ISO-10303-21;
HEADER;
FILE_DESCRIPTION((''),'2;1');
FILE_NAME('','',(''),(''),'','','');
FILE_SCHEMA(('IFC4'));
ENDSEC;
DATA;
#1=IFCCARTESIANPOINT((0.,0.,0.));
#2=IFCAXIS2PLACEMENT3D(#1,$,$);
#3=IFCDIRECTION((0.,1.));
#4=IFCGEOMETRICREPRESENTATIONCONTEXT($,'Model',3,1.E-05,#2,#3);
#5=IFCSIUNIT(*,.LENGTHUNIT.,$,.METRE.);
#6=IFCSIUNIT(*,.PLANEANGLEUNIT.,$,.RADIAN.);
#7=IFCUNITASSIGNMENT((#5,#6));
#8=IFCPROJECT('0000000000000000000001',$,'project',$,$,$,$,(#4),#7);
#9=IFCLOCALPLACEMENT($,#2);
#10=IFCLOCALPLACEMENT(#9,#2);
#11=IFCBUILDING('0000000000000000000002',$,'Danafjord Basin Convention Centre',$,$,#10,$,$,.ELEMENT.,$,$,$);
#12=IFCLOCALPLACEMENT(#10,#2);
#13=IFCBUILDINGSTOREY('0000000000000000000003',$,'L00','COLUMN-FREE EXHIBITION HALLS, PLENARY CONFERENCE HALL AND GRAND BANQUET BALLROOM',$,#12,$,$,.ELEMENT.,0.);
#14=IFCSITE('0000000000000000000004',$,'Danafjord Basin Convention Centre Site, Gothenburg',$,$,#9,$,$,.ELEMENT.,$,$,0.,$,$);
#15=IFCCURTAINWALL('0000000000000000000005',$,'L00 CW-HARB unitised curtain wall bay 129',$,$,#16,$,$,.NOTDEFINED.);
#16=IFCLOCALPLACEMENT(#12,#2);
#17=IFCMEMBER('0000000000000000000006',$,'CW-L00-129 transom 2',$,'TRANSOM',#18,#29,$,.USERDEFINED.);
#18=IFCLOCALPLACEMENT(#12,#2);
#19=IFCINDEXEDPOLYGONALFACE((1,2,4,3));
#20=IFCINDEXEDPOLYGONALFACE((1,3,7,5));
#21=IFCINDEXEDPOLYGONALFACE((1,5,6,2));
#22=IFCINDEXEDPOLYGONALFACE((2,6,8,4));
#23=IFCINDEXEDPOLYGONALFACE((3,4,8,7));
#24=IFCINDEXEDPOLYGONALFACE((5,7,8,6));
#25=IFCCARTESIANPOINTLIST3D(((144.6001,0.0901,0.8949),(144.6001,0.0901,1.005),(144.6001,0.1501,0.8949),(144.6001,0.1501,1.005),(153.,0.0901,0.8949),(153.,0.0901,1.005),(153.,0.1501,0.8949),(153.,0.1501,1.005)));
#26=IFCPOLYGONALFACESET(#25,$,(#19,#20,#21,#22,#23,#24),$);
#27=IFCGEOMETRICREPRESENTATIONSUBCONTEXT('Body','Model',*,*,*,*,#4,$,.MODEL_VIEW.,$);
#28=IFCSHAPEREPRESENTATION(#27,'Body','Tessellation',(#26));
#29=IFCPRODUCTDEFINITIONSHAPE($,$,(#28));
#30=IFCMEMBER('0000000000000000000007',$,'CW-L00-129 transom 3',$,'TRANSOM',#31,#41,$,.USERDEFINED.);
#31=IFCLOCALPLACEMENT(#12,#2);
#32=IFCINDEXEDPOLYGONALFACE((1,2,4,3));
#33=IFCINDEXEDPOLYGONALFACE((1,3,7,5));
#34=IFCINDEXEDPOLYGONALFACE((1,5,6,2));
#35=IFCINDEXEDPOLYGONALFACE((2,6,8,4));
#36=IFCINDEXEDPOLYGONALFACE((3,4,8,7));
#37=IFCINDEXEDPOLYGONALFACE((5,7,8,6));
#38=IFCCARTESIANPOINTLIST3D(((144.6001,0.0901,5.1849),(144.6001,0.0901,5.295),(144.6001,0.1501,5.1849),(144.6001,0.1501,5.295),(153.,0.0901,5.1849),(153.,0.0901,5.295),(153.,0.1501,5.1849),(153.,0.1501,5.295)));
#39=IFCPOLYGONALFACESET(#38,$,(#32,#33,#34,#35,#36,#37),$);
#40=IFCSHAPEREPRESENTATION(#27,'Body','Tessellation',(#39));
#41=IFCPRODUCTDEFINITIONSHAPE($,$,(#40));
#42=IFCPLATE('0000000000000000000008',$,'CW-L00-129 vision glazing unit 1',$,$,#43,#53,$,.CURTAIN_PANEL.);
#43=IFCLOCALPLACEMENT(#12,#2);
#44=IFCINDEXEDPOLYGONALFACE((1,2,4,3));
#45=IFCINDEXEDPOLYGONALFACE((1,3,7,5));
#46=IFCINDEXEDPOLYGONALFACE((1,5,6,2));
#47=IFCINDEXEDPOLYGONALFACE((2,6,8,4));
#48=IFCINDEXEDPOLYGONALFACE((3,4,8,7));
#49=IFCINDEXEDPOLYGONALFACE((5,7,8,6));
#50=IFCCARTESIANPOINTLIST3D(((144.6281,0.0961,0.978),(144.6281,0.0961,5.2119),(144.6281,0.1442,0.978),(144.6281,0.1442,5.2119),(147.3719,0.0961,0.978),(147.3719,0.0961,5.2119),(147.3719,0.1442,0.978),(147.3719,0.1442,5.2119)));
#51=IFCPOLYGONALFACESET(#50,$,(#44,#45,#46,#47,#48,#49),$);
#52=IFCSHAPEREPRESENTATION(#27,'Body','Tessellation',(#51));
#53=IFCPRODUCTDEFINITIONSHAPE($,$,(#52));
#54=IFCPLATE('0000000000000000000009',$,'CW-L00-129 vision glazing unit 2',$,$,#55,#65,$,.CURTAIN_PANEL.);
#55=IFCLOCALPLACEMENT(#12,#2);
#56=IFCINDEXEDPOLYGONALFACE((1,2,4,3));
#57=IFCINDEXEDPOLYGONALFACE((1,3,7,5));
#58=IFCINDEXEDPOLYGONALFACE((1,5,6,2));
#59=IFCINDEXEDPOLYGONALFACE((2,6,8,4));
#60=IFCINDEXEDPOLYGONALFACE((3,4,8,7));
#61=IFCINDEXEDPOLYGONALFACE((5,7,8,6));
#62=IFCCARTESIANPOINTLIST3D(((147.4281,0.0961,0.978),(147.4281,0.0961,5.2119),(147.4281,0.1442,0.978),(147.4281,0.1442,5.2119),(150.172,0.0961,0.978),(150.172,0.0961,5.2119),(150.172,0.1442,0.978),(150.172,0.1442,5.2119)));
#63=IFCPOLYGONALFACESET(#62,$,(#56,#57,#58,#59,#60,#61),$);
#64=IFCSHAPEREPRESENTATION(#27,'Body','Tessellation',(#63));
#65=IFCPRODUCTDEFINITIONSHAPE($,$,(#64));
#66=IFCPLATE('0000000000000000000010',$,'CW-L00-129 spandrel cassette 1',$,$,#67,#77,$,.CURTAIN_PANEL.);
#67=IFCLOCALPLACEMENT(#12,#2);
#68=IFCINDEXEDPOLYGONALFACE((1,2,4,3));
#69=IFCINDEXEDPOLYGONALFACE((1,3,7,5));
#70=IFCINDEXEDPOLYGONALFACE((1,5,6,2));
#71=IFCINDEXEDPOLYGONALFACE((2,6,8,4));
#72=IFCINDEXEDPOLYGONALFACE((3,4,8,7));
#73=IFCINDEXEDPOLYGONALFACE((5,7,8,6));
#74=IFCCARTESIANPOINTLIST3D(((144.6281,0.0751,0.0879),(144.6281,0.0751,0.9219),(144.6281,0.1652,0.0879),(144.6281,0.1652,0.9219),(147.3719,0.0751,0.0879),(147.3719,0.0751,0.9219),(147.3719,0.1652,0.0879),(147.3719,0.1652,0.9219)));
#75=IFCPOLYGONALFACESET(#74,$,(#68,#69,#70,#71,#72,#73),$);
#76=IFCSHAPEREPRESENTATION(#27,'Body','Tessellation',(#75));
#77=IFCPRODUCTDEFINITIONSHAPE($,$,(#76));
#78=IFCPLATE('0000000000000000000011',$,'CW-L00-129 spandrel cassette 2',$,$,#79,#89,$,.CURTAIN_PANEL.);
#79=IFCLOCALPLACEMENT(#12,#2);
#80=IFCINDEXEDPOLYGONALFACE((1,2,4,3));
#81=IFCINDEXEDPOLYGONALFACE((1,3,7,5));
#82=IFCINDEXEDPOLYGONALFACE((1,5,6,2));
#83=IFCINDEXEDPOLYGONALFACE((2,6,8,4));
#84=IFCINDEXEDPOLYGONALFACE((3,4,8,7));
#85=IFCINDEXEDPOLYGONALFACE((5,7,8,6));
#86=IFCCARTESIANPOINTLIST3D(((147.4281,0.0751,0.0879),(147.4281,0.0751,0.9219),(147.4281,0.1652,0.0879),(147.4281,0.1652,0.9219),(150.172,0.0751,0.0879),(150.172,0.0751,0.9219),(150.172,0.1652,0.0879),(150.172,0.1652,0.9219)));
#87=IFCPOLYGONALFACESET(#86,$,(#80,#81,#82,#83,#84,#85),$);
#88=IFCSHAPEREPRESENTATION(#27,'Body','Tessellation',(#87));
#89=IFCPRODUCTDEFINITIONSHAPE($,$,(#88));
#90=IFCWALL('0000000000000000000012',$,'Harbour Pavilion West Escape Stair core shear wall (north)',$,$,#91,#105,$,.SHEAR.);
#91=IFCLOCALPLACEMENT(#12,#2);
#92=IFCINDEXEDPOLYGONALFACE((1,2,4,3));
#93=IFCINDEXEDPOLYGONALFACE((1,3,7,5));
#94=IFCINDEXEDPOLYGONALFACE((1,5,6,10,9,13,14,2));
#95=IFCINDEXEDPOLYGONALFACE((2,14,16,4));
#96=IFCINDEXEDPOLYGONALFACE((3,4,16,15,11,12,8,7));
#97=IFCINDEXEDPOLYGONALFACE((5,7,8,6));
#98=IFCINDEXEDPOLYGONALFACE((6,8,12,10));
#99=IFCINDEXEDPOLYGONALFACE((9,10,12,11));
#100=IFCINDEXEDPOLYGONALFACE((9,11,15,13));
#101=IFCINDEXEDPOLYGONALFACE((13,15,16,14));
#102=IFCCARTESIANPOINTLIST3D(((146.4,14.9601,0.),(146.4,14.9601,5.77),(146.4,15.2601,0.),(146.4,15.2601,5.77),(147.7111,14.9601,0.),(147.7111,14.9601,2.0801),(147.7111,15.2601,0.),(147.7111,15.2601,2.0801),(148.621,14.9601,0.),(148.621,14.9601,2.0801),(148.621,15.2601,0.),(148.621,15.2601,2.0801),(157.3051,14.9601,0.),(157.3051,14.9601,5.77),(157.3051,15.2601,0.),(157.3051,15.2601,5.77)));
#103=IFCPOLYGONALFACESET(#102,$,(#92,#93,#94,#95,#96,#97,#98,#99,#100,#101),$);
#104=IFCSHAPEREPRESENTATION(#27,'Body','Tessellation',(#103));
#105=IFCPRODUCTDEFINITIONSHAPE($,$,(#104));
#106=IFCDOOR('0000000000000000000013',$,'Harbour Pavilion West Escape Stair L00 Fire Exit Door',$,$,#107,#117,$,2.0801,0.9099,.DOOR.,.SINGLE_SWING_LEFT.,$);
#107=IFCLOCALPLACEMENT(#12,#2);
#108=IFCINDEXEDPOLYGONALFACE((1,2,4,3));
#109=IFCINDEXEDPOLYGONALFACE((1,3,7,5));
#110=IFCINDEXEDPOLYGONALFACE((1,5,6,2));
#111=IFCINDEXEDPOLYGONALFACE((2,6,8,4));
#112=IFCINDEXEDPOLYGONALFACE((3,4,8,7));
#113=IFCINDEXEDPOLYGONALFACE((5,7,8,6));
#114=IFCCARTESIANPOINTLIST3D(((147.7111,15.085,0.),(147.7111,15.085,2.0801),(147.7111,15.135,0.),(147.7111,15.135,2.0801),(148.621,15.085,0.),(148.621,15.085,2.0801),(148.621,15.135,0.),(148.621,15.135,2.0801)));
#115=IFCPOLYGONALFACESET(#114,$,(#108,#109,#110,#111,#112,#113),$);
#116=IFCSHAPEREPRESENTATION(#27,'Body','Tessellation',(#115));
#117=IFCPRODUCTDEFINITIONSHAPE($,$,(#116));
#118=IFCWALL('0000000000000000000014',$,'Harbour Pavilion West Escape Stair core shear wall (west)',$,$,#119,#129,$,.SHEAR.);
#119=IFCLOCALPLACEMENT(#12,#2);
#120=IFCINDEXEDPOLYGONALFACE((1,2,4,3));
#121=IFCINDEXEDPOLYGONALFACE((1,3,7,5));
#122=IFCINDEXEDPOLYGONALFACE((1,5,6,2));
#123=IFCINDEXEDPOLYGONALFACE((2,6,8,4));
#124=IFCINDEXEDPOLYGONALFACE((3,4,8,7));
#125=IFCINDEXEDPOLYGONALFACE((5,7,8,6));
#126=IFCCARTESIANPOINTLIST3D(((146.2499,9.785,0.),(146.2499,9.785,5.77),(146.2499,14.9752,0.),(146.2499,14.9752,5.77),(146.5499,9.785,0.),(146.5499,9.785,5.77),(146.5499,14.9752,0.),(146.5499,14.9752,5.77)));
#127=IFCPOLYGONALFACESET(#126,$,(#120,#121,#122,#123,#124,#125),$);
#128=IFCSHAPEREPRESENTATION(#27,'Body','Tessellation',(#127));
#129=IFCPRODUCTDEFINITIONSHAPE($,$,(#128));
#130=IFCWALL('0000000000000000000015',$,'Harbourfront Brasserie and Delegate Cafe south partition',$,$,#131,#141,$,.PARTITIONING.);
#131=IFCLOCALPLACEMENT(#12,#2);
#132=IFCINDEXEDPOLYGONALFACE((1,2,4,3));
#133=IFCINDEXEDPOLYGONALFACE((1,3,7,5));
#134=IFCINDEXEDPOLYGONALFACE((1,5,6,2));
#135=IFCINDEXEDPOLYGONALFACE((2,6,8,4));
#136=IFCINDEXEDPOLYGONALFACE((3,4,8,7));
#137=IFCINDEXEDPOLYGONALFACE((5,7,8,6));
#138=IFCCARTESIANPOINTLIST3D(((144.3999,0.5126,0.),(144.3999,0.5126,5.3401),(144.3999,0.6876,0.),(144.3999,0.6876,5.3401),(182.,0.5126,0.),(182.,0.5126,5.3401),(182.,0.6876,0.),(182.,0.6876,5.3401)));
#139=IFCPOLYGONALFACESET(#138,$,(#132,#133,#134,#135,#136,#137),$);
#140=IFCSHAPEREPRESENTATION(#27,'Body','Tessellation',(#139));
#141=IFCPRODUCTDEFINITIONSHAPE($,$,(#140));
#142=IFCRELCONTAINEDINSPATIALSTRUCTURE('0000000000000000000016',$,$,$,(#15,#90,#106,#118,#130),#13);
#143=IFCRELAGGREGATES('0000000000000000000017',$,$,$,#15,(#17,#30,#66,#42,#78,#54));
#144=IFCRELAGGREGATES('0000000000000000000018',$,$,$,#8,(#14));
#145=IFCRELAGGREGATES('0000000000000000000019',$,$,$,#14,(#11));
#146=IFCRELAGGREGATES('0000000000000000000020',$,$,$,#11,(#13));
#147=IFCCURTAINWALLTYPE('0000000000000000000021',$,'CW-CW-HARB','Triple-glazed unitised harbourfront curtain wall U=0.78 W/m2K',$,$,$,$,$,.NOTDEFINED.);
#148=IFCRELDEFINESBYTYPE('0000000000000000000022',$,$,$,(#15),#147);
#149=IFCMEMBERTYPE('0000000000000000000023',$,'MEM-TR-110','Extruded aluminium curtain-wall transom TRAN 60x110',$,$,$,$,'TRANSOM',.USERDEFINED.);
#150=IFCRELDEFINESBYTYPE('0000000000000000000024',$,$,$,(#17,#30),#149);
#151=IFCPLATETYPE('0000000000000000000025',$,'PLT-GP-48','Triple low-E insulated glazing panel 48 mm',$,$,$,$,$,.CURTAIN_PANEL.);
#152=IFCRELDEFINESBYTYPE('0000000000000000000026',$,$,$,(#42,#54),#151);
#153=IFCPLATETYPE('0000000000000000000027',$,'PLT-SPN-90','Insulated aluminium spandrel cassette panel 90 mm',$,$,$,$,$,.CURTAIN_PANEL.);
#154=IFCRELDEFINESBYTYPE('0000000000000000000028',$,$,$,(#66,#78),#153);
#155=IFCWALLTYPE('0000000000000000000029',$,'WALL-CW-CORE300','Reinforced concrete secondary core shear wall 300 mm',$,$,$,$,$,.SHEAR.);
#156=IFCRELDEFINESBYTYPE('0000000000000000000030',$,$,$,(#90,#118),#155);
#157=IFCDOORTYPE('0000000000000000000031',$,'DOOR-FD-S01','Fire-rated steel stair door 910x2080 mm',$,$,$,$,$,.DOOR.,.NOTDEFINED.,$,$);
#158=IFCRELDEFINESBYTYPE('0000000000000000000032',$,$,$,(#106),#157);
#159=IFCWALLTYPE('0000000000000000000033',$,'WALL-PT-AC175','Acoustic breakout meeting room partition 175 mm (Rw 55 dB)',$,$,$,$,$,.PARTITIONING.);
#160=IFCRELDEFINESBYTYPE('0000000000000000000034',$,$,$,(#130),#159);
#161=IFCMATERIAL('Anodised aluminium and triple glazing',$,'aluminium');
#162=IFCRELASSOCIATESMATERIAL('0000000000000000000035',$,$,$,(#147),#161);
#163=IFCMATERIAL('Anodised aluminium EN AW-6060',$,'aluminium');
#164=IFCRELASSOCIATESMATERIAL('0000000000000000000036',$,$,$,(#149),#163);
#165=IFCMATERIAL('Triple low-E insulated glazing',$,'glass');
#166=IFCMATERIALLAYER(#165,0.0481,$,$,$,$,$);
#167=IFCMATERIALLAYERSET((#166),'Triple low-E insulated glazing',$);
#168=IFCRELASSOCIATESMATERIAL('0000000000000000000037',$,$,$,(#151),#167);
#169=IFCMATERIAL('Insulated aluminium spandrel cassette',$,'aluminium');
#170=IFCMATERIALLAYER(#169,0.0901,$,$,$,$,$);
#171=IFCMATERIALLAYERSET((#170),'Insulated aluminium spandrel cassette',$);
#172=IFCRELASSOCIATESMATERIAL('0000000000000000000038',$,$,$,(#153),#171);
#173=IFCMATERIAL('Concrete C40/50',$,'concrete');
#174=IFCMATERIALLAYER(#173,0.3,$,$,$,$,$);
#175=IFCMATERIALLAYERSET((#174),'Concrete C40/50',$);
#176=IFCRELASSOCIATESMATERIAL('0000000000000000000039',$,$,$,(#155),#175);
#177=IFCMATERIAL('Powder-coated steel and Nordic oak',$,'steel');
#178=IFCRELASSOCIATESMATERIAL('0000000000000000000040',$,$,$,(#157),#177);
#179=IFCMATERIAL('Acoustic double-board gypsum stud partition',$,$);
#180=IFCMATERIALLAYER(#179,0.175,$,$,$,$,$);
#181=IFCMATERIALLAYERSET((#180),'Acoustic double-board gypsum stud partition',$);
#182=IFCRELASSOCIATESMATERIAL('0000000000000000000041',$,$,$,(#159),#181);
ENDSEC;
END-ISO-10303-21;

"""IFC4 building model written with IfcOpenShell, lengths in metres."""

from ifc_helpers import new_model, si_unit, direction, frame, frame_2d, origin, origin_2d, place, context, subcontext, project, spatial, rectangle, extrude, material, layer, layer_set, material_profile, profile_set, type_object, element, fill, aggregate, save


model = new_model("IFC4")

# Units and contexts
model_context = context("Model", 3, precision=1e-05, world=origin(), true_north=direction((0.0, 1.0)))
body_context = subcontext(model_context, "Body", "Model", "MODEL_VIEW")
ifc_project = project(units=[si_unit("LENGTHUNIT", "METRE"), si_unit("PLANEANGLEUNIT", "RADIAN")], contexts=[model_context])

# Site, building, storey
site_placement = place(None, origin())
site = spatial("IfcSite", under=ifc_project, at=site_placement, Name="Danafjord Basin Convention Centre Site, Gothenburg", CompositionType="ELEMENT", RefElevation=0.0)
building_placement = place(site_placement, origin())
building = spatial("IfcBuilding", under=site, at=building_placement, Name="Danafjord Basin Convention Centre", CompositionType="ELEMENT")
storey_placement = place(building_placement, origin())
storey = spatial("IfcBuildingStorey", under=building, at=storey_placement, Name="L00", Description="COLUMN-FREE EXHIBITION HALLS, PLENARY CONFERENCE HALL AND GRAND BANQUET BALLROOM", CompositionType="ELEMENT", Elevation=0.0)

# Shared definitions
ifc_material_1 = material(Name="Concrete C40/50", Category="concrete")

# Curtain wall, members, plates
ifc_material_2 = material(Name="Anodised aluminium and triple glazing", Category="aluminium")
curtain_wall_type = type_object("IfcCurtainWallType", Name="CW-CW-HARB", Description="Triple-glazed unitised harbourfront curtain wall U=0.78 W/m2K", PredefinedType="NOTDEFINED", material=ifc_material_2)
curtain_wall_placement = place(storey_placement, origin())
curtain_wall = element("IfcCurtainWall", 1, at=curtain_wall_placement, inside=storey, type_object=curtain_wall_type, Name="L00 CW-HARB unitised curtain wall bay 129", PredefinedType="NOTDEFINED")
ifc_material_3 = material(Name="Anodised aluminium EN AW-6060", Category="aluminium")
ifc_material_profile_1 = material_profile(ifc_material_3, rectangle(XDim=0.0601, YDim=0.1101, at=origin_2d()), Name="TRAN 60x110")
ifc_profile_set_1 = profile_set([ifc_material_profile_1], Name="Anodised aluminium EN AW-6060")
member_type_1 = type_object("IfcMemberType", Name="MEM-TR-110", Description="Extruded aluminium curtain-wall transom TRAN 60x110", ElementType="TRANSOM", PredefinedType="USERDEFINED", material=ifc_profile_set_1)
member_1_placement = place(storey_placement, frame((144.6001, 0.1201, 0.95), z_axis=(1.0, 0.0, 0.0), x_axis=(0.0, 1.0, 0.0)))
member_1 = element("IfcMember", 2, at=member_1_placement, type_object=member_type_1, Name="CW-L00-129 transom 2", ObjectType="TRANSOM", PredefinedType="USERDEFINED", context=body_context, shape_type="SweptSolid", body=[
    extrude(rectangle(XDim=0.0601, YDim=0.1101, at=origin_2d()), origin(), (0.0, 0.0, 1.0), 8.3999),
])
member_2_placement = place(storey_placement, frame((144.6001, 0.1201, 5.24), z_axis=(1.0, 0.0, 0.0), x_axis=(0.0, 1.0, 0.0)))
member_2 = element("IfcMember", 3, at=member_2_placement, type_object=member_type_1, Name="CW-L00-129 transom 3", ObjectType="TRANSOM", PredefinedType="USERDEFINED", context=body_context, shape_type="SweptSolid", body=[
    extrude(rectangle(XDim=0.0601, YDim=0.1101, at=origin_2d()), origin(), (0.0, 0.0, 1.0), 8.3999),
])
ifc_material_4 = material(Name="Triple low-E insulated glazing", Category="glass")
ifc_layer_1 = layer(ifc_material_4, 0.0481)
ifc_layer_set_1 = layer_set([ifc_layer_1], Name="Triple low-E insulated glazing")
plate_type_1 = type_object("IfcPlateType", Name="PLT-GP-48", Description="Triple low-E insulated glazing panel 48 mm", PredefinedType="CURTAIN_PANEL", material=ifc_layer_set_1)
plate_1_placement = place(storey_placement, frame((146.0, 0.1201, 0.978), z_axis=(0.0, 0.0, 1.0), x_axis=(1.0, 0.0, 0.0)))
plate_1 = element("IfcPlate", 4, at=plate_1_placement, type_object=plate_type_1, Name="CW-L00-129 vision glazing unit 1", PredefinedType="CURTAIN_PANEL", context=body_context, shape_type="SweptSolid", body=[
    extrude(rectangle(XDim=2.7439, YDim=0.0481, at=origin_2d()), origin(), (0.0, 0.0, 1.0), 4.2339),
])
plate_2_placement = place(storey_placement, frame((148.8, 0.1201, 0.978), z_axis=(0.0, 0.0, 1.0), x_axis=(1.0, 0.0, 0.0)))
plate_2 = element("IfcPlate", 5, at=plate_2_placement, type_object=plate_type_1, Name="CW-L00-129 vision glazing unit 2", PredefinedType="CURTAIN_PANEL", context=body_context, shape_type="SweptSolid", body=[
    extrude(rectangle(XDim=2.7439, YDim=0.0481, at=origin_2d()), origin(), (0.0, 0.0, 1.0), 4.2339),
])
ifc_material_5 = material(Name="Insulated aluminium spandrel cassette", Category="aluminium")
ifc_layer_2 = layer(ifc_material_5, 0.0901)
ifc_layer_set_2 = layer_set([ifc_layer_2], Name="Insulated aluminium spandrel cassette")
plate_type_2 = type_object("IfcPlateType", Name="PLT-SPN-90", Description="Insulated aluminium spandrel cassette panel 90 mm", PredefinedType="CURTAIN_PANEL", material=ifc_layer_set_2)
plate_3_placement = place(storey_placement, frame((146.0, 0.1201, 0.0879), z_axis=(0.0, 0.0, 1.0), x_axis=(1.0, 0.0, 0.0)))
plate_3 = element("IfcPlate", 6, at=plate_3_placement, type_object=plate_type_2, Name="CW-L00-129 spandrel cassette 1", PredefinedType="CURTAIN_PANEL", context=body_context, shape_type="SweptSolid", body=[
    extrude(rectangle(XDim=2.7439, YDim=0.0901, at=origin_2d()), origin(), (0.0, 0.0, 1.0), 0.834),
])
plate_4_placement = place(storey_placement, frame((148.8, 0.1201, 0.0879), z_axis=(0.0, 0.0, 1.0), x_axis=(1.0, 0.0, 0.0)))
plate_4 = element("IfcPlate", 7, at=plate_4_placement, type_object=plate_type_2, Name="CW-L00-129 spandrel cassette 2", PredefinedType="CURTAIN_PANEL", context=body_context, shape_type="SweptSolid", body=[
    extrude(rectangle(XDim=2.7439, YDim=0.0901, at=origin_2d()), origin(), (0.0, 0.0, 1.0), 0.834),
])
aggregate(curtain_wall, [member_1, member_2, plate_3, plate_1, plate_4, plate_2])

# Wall, opening, door
ifc_layer_3 = layer(ifc_material_1, 0.3)
ifc_layer_set_3 = layer_set([ifc_layer_3], Name="Concrete C40/50")
wall_type_1 = type_object("IfcWallType", Name="WALL-CW-CORE300", Description="Reinforced concrete secondary core shear wall 300 mm", PredefinedType="SHEAR", material=ifc_layer_set_3)
wall_1_placement = place(storey_placement, frame((146.3999, 15.1101, 0.0), z_axis=(0.0, 0.0, 1.0), x_axis=(1.0, 0.0, 0.0)))
wall_1 = element("IfcWall", 8, at=wall_1_placement, inside=storey, type_object=wall_type_1, Name="Harbour Pavilion West Escape Stair core shear wall (north)", PredefinedType="SHEAR", context=body_context, shape_type="SweptSolid", body=[
    extrude(rectangle(XDim=10.905, YDim=0.3, at=frame_2d((5.4526, 0.0))), origin(), (0.0, 0.0, 1.0), 5.77),
])
opening_placement = place(wall_1_placement, frame((1.311, 0.0, 0.0)))
opening = element("IfcOpeningElement", 9, at=opening_placement, cuts=wall_1, PredefinedType="OPENING", context=body_context, shape_type="SweptSolid", body=[
    extrude(rectangle(XDim=0.9099, YDim=2.0801, at=frame_2d((0.4551, 1.04))), frame((0.0, 0.1599, 0.0), z_axis=(0.0, -1.0, 0.0), x_axis=(1.0, 0.0, 0.0)), (0.0, 0.0, 1.0), 0.3201),
])
ifc_material_6 = material(Name="Powder-coated steel and Nordic oak", Category="steel")
door_type = type_object("IfcDoorType", Name="DOOR-FD-S01", Description="Fire-rated steel stair door 910x2080 mm", OperationType="NOTDEFINED", PredefinedType="DOOR", material=ifc_material_6)
door_placement = place(opening_placement, origin())
door = element("IfcDoor", 10, at=door_placement, inside=storey, type_object=door_type, Name="Harbour Pavilion West Escape Stair L00 Fire Exit Door", OperationType="SINGLE_SWING_LEFT", OverallHeight=2.0801, OverallWidth=0.9099, PredefinedType="DOOR", context=body_context, shape_type="SweptSolid", body=[
    extrude(rectangle(XDim=0.9099, YDim=2.0801, at=frame_2d((0.4551, 1.04))), frame((0.0, 0.0249, 0.0), z_axis=(0.0, -1.0, 0.0), x_axis=(1.0, 0.0, 0.0)), (0.0, 0.0, 1.0), 0.05),
])
fill(opening, door)

# Walls
wall_2_placement = place(storey_placement, frame((146.3999, 9.7849, 0.0), z_axis=(0.0, 0.0, 1.0), x_axis=(0.0, 1.0, 0.0)))
element("IfcWall", 11, at=wall_2_placement, inside=storey, type_object=wall_type_1, Name="Harbour Pavilion West Escape Stair core shear wall (west)", PredefinedType="SHEAR", context=body_context, shape_type="SweptSolid", body=[
    extrude(rectangle(XDim=5.1902, YDim=0.3, at=frame_2d((2.5952, 0.0))), origin(), (0.0, 0.0, 1.0), 5.77),
])
ifc_material_7 = material(Name="Acoustic double-board gypsum stud partition")
ifc_layer_4 = layer(ifc_material_7, 0.175)
ifc_layer_set_4 = layer_set([ifc_layer_4], Name="Acoustic double-board gypsum stud partition")
wall_type_2 = type_object("IfcWallType", Name="WALL-PT-AC175", Description="Acoustic breakout meeting room partition 175 mm (Rw 55 dB)", PredefinedType="PARTITIONING", material=ifc_layer_set_4)
wall_3_placement = place(storey_placement, frame((144.3999, 0.6001, 0.0), z_axis=(0.0, 0.0, 1.0), x_axis=(1.0, 0.0, 0.0)))
element("IfcWall", 12, at=wall_3_placement, inside=storey, type_object=wall_type_2, Name="Harbourfront Brasserie and Delegate Cafe south partition", PredefinedType="PARTITIONING", context=body_context, shape_type="SweptSolid", body=[
    extrude(rectangle(XDim=37.6001, YDim=0.175, at=frame_2d((18.8, 0.0))), origin(), (0.0, 0.0, 1.0), 5.3401),
])

save(model, "model.ifc")
